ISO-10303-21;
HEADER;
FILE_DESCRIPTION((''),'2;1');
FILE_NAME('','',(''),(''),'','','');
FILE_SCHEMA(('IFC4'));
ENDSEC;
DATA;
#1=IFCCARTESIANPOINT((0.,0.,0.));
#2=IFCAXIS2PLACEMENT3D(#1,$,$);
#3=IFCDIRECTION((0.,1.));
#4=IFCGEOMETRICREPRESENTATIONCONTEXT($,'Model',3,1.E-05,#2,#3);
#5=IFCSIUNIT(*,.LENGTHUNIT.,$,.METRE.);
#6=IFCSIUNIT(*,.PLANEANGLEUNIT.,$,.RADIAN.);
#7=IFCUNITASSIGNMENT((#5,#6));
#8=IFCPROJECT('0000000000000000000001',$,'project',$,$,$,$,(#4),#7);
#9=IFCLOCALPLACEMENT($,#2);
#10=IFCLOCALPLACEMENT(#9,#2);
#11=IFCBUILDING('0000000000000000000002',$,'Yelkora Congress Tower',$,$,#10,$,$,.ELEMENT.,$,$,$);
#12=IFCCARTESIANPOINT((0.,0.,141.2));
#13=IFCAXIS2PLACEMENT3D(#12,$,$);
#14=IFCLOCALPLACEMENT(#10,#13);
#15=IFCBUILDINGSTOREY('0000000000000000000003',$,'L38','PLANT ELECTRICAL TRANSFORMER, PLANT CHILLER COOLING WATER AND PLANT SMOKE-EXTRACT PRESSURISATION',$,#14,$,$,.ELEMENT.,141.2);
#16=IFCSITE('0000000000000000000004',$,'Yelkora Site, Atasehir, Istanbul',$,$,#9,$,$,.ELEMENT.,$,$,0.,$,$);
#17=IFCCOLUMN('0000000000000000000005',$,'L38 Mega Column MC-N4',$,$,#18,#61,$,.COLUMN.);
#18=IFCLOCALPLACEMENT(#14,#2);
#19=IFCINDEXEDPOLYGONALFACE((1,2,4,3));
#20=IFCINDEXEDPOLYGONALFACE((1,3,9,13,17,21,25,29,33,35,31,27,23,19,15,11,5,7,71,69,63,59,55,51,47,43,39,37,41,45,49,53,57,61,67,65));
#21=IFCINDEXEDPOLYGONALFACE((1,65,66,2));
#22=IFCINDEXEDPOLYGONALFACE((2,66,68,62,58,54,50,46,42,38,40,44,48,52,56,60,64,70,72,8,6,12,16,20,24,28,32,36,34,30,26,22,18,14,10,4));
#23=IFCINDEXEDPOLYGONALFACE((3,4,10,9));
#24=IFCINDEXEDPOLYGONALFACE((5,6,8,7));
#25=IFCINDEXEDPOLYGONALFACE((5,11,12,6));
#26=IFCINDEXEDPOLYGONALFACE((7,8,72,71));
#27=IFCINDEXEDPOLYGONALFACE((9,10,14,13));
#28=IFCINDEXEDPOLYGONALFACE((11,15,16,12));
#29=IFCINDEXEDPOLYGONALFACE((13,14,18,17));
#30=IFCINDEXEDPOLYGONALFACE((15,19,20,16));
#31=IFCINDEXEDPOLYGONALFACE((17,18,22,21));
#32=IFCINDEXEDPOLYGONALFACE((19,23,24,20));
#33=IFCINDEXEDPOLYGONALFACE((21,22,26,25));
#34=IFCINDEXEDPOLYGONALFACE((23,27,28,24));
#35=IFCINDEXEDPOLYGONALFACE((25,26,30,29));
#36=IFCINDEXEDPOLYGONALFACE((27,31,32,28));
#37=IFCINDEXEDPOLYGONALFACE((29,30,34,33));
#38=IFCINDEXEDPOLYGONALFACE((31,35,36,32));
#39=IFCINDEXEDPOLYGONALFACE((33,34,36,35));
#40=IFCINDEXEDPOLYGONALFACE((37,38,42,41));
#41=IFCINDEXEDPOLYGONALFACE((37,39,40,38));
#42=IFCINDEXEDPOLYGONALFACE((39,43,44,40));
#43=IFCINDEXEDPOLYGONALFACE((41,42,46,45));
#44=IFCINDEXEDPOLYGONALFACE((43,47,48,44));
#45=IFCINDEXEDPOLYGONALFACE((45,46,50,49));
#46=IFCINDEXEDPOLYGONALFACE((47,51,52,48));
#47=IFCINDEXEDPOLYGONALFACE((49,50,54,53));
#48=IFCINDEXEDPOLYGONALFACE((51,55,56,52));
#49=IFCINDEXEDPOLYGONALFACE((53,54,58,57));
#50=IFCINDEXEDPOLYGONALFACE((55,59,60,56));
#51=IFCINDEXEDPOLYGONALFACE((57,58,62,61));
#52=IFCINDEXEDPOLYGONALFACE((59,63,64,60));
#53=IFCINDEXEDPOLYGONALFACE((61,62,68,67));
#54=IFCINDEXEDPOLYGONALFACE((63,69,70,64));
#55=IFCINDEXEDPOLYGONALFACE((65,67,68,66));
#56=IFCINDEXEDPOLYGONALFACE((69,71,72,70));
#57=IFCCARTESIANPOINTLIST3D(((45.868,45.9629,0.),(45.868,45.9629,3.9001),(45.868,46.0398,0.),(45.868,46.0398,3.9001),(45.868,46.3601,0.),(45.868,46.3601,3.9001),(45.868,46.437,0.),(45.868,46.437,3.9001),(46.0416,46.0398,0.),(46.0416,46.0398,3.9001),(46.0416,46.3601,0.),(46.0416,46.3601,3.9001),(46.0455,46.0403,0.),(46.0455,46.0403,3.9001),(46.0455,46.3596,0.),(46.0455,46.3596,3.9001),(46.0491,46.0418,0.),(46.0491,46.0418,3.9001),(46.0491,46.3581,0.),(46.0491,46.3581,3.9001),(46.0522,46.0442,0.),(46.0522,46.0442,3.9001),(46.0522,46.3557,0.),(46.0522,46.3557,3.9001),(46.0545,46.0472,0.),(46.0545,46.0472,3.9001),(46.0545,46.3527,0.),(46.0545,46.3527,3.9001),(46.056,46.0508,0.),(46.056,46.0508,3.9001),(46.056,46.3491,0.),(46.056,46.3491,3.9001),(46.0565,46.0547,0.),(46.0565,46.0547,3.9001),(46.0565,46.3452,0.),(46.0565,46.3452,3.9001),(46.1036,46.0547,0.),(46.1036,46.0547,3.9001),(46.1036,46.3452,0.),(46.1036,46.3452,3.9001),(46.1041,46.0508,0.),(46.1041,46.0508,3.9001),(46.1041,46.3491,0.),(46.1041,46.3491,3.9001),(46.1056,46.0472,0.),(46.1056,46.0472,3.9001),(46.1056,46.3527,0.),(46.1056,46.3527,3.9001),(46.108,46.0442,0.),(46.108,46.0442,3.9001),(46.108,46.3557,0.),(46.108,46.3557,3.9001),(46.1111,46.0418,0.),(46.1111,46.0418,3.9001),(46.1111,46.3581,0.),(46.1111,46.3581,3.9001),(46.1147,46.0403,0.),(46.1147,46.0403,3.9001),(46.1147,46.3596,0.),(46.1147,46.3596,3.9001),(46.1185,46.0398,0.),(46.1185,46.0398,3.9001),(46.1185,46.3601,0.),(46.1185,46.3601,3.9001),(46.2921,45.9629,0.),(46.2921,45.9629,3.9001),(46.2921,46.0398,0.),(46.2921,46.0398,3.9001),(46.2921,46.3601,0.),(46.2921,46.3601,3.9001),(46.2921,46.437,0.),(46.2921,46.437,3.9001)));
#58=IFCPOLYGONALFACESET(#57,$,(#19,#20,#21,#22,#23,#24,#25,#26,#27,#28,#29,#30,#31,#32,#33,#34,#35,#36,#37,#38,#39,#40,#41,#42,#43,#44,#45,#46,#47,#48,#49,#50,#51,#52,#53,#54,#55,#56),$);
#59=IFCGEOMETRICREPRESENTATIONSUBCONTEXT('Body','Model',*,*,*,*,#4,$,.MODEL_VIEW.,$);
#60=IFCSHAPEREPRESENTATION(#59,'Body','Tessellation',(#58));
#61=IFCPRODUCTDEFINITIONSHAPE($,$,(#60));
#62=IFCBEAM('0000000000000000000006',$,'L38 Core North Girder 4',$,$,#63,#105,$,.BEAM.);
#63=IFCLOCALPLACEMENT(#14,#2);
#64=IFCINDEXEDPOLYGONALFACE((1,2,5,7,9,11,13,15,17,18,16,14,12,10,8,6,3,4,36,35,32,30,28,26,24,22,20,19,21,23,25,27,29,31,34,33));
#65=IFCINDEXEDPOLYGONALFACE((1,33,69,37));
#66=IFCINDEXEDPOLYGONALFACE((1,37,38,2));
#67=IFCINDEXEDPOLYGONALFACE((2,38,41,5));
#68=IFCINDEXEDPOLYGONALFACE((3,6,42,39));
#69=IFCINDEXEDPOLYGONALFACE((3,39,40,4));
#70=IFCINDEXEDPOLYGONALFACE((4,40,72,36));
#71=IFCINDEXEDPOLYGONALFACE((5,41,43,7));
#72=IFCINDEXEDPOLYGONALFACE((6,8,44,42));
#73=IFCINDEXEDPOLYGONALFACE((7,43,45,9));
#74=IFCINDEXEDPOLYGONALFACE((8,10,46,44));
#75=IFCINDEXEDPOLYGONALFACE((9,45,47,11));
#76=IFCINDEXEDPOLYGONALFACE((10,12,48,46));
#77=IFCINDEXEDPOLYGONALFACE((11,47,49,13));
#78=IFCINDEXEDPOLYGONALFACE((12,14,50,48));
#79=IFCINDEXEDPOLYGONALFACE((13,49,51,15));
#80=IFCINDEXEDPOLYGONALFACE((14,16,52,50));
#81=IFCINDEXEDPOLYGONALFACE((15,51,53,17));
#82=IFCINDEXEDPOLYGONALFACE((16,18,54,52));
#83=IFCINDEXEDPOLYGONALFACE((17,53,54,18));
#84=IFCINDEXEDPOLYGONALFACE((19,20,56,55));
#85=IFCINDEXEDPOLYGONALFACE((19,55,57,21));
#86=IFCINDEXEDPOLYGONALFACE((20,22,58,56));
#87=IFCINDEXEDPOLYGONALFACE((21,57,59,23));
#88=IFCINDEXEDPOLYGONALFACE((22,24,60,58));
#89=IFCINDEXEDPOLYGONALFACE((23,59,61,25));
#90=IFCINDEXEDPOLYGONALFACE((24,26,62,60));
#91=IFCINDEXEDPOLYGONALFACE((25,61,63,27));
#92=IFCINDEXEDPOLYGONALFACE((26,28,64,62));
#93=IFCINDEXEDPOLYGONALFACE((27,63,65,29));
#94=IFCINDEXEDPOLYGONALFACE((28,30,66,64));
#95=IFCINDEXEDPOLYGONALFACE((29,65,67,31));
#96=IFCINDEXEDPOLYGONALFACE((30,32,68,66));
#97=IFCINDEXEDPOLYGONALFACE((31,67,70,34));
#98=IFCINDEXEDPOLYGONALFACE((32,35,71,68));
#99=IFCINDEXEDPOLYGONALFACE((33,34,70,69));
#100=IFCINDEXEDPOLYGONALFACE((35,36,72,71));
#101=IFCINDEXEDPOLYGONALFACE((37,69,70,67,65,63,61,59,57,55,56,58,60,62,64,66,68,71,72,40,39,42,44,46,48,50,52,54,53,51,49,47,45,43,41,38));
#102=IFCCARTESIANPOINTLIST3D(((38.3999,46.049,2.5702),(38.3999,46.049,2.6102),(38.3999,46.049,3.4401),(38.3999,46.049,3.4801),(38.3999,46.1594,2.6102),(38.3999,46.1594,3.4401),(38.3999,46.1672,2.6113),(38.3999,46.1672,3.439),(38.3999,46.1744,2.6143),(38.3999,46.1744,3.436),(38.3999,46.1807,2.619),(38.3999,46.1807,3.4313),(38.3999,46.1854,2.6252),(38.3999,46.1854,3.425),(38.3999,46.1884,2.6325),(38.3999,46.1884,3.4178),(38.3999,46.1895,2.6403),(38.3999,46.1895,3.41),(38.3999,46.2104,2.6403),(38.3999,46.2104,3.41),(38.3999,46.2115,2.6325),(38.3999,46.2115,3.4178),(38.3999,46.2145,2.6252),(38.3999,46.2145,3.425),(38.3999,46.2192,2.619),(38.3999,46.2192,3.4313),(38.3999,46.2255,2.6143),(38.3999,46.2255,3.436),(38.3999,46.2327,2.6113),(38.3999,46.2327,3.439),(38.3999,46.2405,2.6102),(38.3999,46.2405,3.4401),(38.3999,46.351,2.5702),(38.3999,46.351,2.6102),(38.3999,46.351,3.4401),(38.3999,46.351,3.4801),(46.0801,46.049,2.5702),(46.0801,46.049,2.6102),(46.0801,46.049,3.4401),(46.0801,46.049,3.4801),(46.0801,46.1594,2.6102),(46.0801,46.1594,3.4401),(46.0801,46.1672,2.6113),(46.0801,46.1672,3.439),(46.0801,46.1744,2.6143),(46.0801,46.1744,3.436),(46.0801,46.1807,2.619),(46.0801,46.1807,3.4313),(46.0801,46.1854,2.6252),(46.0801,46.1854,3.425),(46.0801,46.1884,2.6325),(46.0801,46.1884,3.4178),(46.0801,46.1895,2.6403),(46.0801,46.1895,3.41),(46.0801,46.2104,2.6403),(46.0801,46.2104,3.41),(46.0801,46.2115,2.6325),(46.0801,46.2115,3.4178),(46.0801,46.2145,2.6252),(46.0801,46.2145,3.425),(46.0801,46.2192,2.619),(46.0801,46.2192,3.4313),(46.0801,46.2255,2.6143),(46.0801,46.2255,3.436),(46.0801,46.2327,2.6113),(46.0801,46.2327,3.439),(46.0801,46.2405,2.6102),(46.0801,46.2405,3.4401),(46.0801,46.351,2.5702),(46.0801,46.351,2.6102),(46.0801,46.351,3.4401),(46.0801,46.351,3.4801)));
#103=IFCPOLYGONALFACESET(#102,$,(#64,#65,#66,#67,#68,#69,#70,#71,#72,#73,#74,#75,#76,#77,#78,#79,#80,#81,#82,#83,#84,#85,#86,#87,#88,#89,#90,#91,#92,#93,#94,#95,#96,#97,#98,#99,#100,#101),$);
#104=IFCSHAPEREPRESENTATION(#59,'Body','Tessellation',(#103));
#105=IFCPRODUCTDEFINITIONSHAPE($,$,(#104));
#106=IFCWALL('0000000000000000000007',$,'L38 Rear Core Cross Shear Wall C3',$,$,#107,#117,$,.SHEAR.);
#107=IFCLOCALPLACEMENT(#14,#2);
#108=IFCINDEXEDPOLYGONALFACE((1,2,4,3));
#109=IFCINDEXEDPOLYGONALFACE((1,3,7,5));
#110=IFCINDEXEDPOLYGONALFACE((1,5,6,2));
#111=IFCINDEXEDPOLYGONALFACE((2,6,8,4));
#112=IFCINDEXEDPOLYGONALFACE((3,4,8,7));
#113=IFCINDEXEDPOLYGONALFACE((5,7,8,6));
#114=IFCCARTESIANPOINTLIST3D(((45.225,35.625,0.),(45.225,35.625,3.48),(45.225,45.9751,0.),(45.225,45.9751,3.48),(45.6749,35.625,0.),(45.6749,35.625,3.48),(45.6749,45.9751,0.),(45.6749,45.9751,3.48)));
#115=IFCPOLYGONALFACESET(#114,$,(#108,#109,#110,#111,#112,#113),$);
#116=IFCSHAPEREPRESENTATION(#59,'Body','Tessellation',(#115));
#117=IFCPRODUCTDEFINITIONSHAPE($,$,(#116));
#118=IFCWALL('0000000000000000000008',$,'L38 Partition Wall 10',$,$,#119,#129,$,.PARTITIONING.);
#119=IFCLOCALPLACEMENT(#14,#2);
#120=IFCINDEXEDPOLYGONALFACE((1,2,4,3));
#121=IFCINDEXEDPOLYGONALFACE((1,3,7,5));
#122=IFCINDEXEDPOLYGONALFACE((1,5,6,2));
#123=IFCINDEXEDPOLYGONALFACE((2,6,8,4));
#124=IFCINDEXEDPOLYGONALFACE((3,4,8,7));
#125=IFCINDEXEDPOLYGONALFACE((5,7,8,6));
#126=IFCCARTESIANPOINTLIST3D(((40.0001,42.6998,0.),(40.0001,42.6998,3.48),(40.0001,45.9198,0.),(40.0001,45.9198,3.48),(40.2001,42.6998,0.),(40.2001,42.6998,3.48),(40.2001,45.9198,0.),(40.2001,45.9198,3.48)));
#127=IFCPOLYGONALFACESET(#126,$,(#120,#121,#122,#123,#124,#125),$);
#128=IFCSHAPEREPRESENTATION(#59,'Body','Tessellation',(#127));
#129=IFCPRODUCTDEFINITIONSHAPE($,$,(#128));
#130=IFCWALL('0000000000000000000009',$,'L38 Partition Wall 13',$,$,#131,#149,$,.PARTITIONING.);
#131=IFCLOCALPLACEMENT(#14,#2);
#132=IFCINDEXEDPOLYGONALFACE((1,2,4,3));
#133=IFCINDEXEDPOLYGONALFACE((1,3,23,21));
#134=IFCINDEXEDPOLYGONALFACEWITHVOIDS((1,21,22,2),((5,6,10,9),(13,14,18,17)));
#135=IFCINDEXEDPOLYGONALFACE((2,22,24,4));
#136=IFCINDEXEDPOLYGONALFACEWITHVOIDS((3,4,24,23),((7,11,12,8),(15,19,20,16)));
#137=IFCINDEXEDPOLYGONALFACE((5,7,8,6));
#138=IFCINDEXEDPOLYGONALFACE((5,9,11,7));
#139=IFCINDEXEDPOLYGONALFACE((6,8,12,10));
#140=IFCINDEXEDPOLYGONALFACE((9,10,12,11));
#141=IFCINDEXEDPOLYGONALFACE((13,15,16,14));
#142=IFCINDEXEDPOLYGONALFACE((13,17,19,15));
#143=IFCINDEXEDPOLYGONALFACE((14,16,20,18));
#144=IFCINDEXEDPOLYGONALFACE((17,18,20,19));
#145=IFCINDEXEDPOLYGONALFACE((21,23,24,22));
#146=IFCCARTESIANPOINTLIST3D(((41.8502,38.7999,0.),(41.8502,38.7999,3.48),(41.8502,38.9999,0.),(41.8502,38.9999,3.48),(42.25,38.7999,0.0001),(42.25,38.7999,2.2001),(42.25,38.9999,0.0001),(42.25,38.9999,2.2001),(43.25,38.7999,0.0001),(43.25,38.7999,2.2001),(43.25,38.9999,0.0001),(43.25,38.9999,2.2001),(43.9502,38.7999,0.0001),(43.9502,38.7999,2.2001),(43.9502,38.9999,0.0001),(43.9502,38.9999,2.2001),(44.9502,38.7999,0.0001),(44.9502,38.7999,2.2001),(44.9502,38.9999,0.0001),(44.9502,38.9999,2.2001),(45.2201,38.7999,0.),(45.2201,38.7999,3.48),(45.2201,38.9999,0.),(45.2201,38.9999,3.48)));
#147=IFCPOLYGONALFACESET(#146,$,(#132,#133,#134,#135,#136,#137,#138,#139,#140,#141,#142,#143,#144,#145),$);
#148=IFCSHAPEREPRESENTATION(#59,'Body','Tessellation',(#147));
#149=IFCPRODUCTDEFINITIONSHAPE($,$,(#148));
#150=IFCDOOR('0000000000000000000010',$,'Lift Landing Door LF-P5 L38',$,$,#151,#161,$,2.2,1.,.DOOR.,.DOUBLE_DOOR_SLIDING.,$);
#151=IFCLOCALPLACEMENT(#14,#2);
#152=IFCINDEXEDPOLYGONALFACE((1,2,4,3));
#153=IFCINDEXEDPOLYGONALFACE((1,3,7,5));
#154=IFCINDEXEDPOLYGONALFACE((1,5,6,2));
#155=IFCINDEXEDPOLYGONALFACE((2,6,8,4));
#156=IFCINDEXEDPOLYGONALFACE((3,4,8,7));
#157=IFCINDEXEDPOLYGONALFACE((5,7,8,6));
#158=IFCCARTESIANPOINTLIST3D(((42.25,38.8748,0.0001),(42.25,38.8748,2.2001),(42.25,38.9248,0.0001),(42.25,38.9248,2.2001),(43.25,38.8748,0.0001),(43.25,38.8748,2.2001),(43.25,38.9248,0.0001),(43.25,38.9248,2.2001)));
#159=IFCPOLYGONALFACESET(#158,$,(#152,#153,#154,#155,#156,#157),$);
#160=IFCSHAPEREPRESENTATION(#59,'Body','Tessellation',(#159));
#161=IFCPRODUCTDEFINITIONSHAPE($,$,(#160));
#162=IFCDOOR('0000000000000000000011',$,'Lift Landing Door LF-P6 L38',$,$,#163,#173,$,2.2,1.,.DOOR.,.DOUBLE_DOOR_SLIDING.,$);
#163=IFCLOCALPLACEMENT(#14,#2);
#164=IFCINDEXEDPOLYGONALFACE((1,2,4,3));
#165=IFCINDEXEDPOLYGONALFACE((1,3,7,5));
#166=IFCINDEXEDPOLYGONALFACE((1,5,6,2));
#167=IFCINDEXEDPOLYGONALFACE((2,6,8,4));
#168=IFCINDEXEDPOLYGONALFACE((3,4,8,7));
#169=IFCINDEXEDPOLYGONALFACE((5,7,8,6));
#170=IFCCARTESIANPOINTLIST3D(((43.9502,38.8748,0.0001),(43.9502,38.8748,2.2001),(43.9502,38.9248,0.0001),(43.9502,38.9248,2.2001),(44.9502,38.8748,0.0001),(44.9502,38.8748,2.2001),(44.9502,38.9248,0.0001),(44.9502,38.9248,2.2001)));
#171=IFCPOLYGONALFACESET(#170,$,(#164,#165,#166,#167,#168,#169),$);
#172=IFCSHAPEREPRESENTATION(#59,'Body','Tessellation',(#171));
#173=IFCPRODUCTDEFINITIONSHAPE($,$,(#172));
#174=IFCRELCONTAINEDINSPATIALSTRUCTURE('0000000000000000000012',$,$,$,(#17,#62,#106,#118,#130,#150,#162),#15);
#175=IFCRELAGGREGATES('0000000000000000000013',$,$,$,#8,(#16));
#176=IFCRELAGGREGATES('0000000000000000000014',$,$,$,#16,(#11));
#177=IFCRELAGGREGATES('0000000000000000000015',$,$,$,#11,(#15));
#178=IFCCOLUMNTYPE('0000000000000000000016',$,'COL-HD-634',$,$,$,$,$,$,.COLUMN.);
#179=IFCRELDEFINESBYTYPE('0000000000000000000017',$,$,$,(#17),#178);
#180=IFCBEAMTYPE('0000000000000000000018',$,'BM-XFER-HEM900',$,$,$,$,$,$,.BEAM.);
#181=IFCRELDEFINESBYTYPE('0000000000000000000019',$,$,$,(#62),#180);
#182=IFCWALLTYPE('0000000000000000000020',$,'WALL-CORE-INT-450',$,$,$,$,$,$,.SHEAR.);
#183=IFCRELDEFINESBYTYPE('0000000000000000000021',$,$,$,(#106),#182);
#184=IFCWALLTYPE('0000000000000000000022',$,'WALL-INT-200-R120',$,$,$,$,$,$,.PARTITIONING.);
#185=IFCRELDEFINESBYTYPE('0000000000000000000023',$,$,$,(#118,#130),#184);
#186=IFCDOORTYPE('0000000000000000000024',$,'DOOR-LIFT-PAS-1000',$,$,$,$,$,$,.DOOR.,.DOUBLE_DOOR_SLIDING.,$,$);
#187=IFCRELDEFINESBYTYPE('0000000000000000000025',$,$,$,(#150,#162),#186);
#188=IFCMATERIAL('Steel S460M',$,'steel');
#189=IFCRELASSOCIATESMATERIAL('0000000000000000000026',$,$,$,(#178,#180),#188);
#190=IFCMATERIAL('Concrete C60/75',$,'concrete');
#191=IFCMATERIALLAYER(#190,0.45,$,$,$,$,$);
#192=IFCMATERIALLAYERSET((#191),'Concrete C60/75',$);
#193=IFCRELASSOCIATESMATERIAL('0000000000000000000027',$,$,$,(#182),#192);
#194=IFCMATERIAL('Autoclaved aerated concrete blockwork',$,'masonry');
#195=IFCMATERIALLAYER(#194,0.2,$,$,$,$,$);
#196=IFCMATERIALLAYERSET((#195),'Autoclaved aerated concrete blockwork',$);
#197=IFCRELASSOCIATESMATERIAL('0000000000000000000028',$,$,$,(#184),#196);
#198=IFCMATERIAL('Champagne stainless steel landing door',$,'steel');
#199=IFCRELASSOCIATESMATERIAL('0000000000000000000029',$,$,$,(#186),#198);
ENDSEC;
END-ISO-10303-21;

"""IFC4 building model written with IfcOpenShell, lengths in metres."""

from ifc_helpers import new_model, si_unit, direction, frame, frame_2d, origin, origin_2d, place, context, subcontext, project, spatial, rectangle, i_section, extrude, material, layer, layer_set, material_profile, profile_set, type_object, element, fill, save


model = new_model("IFC4")

# Units and contexts
model_context = context("Model", 3, precision=1e-05, world=origin(), true_north=direction((0.0, 1.0)))
body_context = subcontext(model_context, "Body", "Model", "MODEL_VIEW")
ifc_project = project(units=[si_unit("LENGTHUNIT", "METRE"), si_unit("PLANEANGLEUNIT", "RADIAN")], contexts=[model_context])

# Site, building, storey
site_placement = place(None, origin())
site = spatial("IfcSite", under=ifc_project, at=site_placement, Name="Yelkora Site, Atasehir, Istanbul", CompositionType="ELEMENT", RefElevation=0.0)
building_placement = place(site_placement, origin())
building = spatial("IfcBuilding", under=site, at=building_placement, Name="Yelkora Congress Tower", CompositionType="ELEMENT")
storey_placement = place(building_placement, frame((0.0, 0.0, 141.2)))
storey = spatial("IfcBuildingStorey", under=building, at=storey_placement, Name="L38", Description="PLANT ELECTRICAL TRANSFORMER, PLANT CHILLER COOLING WATER AND PLANT SMOKE-EXTRACT PRESSURISATION", CompositionType="ELEMENT", Elevation=141.2)

# Column
ifc_material_1 = material(Name="Steel S460M", Category="steel")
ifc_material_profile_1 = material_profile(ifc_material_1, i_section(OverallWidth=0.4241, OverallDepth=0.4741, WebThickness=0.0471, FlangeThickness=0.0769, FilletRadius=0.0149, at=origin_2d()), Name="HD 400x634")
ifc_profile_set_1 = profile_set([ifc_material_profile_1], Name="Steel S460M")
column_type = type_object("IfcColumnType", Name="COL-HD-634", PredefinedType="COLUMN", material=ifc_profile_set_1)
column_placement = place(storey_placement, frame((46.0801, 46.2, 0.0), z_axis=(0.0, 0.0, 1.0), x_axis=(1.0, 0.0, 0.0)))
element("IfcColumn", 1, at=column_placement, inside=storey, type_object=column_type, Name="L38 Mega Column MC-N4", PredefinedType="COLUMN", context=body_context, shape_type="SweptSolid", body=[
    extrude(i_section(OverallWidth=0.4241, OverallDepth=0.4741, WebThickness=0.0471, FlangeThickness=0.0769, FilletRadius=0.0149, at=origin_2d()), origin(), (0.0, 0.0, 1.0), 3.9001),
])

# Beam
ifc_material_profile_2 = material_profile(ifc_material_1, i_section(OverallWidth=0.302, OverallDepth=0.9099, WebThickness=0.021, FlangeThickness=0.04, FilletRadius=0.03, at=origin_2d()), Name="HEM 900")
ifc_profile_set_2 = profile_set([ifc_material_profile_2], Name="Steel S460M")
beam_type = type_object("IfcBeamType", Name="BM-XFER-HEM900", PredefinedType="BEAM", material=ifc_profile_set_2)
beam_placement = place(storey_placement, frame((38.3999, 46.2, 3.0251), z_axis=(1.0, 0.0, 0.0), x_axis=(0.0, 1.0, 0.0)))
element("IfcBeam", 2, at=beam_placement, inside=storey, type_object=beam_type, Name="L38 Core North Girder 4", PredefinedType="BEAM", context=body_context, shape_type="SweptSolid", body=[
    extrude(i_section(OverallWidth=0.302, OverallDepth=0.9099, WebThickness=0.021, FlangeThickness=0.04, FilletRadius=0.03, at=origin_2d()), origin(), (0.0, 0.0, 1.0), 7.6802),
])

# Wall
ifc_material_2 = material(Name="Concrete C60/75", Category="concrete")
ifc_layer_1 = layer(ifc_material_2, 0.45)
ifc_layer_set_1 = layer_set([ifc_layer_1], Name="Concrete C60/75")
wall_type_1 = type_object("IfcWallType", Name="WALL-CORE-INT-450", PredefinedType="SHEAR", material=ifc_layer_set_1)
wall_1_placement = place(storey_placement, frame((45.45, 35.625, 0.0), z_axis=(0.0, 0.0, 1.0), x_axis=(0.0, 1.0, 0.0)))
element("IfcWall", 3, at=wall_1_placement, inside=storey, type_object=wall_type_1, Name="L38 Rear Core Cross Shear Wall C3", PredefinedType="SHEAR", context=body_context, shape_type="SweptSolid", body=[
    extrude(rectangle(XDim=10.3501, YDim=0.45, at=frame_2d((5.175, 0.0))), origin(), (0.0, 0.0, 1.0), 3.48),
])

# Wall
ifc_material_3 = material(Name="Autoclaved aerated concrete blockwork", Category="masonry")
ifc_layer_2 = layer(ifc_material_3, 0.2)
ifc_layer_set_2 = layer_set([ifc_layer_2], Name="Autoclaved aerated concrete blockwork")
wall_type_2 = type_object("IfcWallType", Name="WALL-INT-200-R120", PredefinedType="PARTITIONING", material=ifc_layer_set_2)
wall_2_placement = place(storey_placement, frame((40.1001, 42.7, 0.0), z_axis=(0.0, 0.0, 1.0), x_axis=(0.0, 1.0, 0.0)))
element("IfcWall", 4, at=wall_2_placement, inside=storey, type_object=wall_type_2, Name="L38 Partition Wall 10", PredefinedType="PARTITIONING", context=body_context, shape_type="SweptSolid", body=[
    extrude(rectangle(XDim=3.22, YDim=0.2, at=frame_2d((1.6099, 0.0))), origin(), (0.0, 0.0, 1.0), 3.48),
])

# Wall, openings, doors
wall_3_placement = place(storey_placement, frame((41.8501, 38.8999, 0.0), z_axis=(0.0, 0.0, 1.0), x_axis=(1.0, 0.0, 0.0)))
wall_3 = element("IfcWall", 5, at=wall_3_placement, inside=storey, type_object=wall_type_2, Name="L38 Partition Wall 13", PredefinedType="PARTITIONING", context=body_context, shape_type="SweptSolid", body=[
    extrude(rectangle(XDim=3.3699, YDim=0.2, at=frame_2d((1.6851, 0.0))), origin(), (0.0, 0.0, 1.0), 3.48),
])
opening_1_placement = place(wall_3_placement, frame((0.3999, 0.0, 0.0)))
opening_1 = element("IfcOpeningElement", 6, at=opening_1_placement, cuts=wall_3, PredefinedType="OPENING", context=body_context, shape_type="SweptSolid", body=[
    extrude(rectangle(XDim=1.0, YDim=2.2, at=frame_2d((0.5, 1.1001))), frame((0.0, 0.1099, 0.0), z_axis=(0.0, -1.0, 0.0), x_axis=(1.0, 0.0, 0.0)), (0.0, 0.0, 1.0), 0.22),
])
opening_2_placement = place(wall_3_placement, frame((2.1001, 0.0, 0.0)))
opening_2 = element("IfcOpeningElement", 7, at=opening_2_placement, cuts=wall_3, PredefinedType="OPENING", context=body_context, shape_type="SweptSolid", body=[
    extrude(rectangle(XDim=1.0, YDim=2.2, at=frame_2d((0.5, 1.1001))), frame((0.0, 0.1099, 0.0), z_axis=(0.0, -1.0, 0.0), x_axis=(1.0, 0.0, 0.0)), (0.0, 0.0, 1.0), 0.22),
])
ifc_material_4 = material(Name="Champagne stainless steel landing door", Category="steel")
door_type_1 = type_object("IfcDoorType", Name="DOOR-LIFT-PAS-1000", OperationType="DOUBLE_DOOR_SLIDING", PredefinedType="DOOR", material=ifc_material_4)
door_1_placement = place(opening_1_placement, origin())
door_1 = element("IfcDoor", 8, at=door_1_placement, inside=storey, type_object=door_type_1, Name="Lift Landing Door LF-P5 L38", OperationType="DOUBLE_DOOR_SLIDING", OverallHeight=2.2, OverallWidth=1.0, PredefinedType="DOOR", context=body_context, shape_type="SweptSolid", body=[
    extrude(rectangle(XDim=1.0, YDim=2.2, at=frame_2d((0.5, 1.1001))), frame((0.0, 0.0249, 0.0), z_axis=(0.0, -1.0, 0.0), x_axis=(1.0, 0.0, 0.0)), (0.0, 0.0, 1.0), 0.05),
])
fill(opening_1, door_1)
door_2_placement = place(opening_2_placement, origin())
door_2 = element("IfcDoor", 9, at=door_2_placement, inside=storey, type_object=door_type_1, Name="Lift Landing Door LF-P6 L38", OperationType="DOUBLE_DOOR_SLIDING", OverallHeight=2.2, OverallWidth=1.0, PredefinedType="DOOR", context=body_context, shape_type="SweptSolid", body=[
    extrude(rectangle(XDim=1.0, YDim=2.2, at=frame_2d((0.5, 1.1001))), frame((0.0, 0.0249, 0.0), z_axis=(0.0, -1.0, 0.0), x_axis=(1.0, 0.0, 0.0)), (0.0, 0.0, 1.0), 0.05),
])
fill(opening_2, door_2)

save(model, "model.ifc")
